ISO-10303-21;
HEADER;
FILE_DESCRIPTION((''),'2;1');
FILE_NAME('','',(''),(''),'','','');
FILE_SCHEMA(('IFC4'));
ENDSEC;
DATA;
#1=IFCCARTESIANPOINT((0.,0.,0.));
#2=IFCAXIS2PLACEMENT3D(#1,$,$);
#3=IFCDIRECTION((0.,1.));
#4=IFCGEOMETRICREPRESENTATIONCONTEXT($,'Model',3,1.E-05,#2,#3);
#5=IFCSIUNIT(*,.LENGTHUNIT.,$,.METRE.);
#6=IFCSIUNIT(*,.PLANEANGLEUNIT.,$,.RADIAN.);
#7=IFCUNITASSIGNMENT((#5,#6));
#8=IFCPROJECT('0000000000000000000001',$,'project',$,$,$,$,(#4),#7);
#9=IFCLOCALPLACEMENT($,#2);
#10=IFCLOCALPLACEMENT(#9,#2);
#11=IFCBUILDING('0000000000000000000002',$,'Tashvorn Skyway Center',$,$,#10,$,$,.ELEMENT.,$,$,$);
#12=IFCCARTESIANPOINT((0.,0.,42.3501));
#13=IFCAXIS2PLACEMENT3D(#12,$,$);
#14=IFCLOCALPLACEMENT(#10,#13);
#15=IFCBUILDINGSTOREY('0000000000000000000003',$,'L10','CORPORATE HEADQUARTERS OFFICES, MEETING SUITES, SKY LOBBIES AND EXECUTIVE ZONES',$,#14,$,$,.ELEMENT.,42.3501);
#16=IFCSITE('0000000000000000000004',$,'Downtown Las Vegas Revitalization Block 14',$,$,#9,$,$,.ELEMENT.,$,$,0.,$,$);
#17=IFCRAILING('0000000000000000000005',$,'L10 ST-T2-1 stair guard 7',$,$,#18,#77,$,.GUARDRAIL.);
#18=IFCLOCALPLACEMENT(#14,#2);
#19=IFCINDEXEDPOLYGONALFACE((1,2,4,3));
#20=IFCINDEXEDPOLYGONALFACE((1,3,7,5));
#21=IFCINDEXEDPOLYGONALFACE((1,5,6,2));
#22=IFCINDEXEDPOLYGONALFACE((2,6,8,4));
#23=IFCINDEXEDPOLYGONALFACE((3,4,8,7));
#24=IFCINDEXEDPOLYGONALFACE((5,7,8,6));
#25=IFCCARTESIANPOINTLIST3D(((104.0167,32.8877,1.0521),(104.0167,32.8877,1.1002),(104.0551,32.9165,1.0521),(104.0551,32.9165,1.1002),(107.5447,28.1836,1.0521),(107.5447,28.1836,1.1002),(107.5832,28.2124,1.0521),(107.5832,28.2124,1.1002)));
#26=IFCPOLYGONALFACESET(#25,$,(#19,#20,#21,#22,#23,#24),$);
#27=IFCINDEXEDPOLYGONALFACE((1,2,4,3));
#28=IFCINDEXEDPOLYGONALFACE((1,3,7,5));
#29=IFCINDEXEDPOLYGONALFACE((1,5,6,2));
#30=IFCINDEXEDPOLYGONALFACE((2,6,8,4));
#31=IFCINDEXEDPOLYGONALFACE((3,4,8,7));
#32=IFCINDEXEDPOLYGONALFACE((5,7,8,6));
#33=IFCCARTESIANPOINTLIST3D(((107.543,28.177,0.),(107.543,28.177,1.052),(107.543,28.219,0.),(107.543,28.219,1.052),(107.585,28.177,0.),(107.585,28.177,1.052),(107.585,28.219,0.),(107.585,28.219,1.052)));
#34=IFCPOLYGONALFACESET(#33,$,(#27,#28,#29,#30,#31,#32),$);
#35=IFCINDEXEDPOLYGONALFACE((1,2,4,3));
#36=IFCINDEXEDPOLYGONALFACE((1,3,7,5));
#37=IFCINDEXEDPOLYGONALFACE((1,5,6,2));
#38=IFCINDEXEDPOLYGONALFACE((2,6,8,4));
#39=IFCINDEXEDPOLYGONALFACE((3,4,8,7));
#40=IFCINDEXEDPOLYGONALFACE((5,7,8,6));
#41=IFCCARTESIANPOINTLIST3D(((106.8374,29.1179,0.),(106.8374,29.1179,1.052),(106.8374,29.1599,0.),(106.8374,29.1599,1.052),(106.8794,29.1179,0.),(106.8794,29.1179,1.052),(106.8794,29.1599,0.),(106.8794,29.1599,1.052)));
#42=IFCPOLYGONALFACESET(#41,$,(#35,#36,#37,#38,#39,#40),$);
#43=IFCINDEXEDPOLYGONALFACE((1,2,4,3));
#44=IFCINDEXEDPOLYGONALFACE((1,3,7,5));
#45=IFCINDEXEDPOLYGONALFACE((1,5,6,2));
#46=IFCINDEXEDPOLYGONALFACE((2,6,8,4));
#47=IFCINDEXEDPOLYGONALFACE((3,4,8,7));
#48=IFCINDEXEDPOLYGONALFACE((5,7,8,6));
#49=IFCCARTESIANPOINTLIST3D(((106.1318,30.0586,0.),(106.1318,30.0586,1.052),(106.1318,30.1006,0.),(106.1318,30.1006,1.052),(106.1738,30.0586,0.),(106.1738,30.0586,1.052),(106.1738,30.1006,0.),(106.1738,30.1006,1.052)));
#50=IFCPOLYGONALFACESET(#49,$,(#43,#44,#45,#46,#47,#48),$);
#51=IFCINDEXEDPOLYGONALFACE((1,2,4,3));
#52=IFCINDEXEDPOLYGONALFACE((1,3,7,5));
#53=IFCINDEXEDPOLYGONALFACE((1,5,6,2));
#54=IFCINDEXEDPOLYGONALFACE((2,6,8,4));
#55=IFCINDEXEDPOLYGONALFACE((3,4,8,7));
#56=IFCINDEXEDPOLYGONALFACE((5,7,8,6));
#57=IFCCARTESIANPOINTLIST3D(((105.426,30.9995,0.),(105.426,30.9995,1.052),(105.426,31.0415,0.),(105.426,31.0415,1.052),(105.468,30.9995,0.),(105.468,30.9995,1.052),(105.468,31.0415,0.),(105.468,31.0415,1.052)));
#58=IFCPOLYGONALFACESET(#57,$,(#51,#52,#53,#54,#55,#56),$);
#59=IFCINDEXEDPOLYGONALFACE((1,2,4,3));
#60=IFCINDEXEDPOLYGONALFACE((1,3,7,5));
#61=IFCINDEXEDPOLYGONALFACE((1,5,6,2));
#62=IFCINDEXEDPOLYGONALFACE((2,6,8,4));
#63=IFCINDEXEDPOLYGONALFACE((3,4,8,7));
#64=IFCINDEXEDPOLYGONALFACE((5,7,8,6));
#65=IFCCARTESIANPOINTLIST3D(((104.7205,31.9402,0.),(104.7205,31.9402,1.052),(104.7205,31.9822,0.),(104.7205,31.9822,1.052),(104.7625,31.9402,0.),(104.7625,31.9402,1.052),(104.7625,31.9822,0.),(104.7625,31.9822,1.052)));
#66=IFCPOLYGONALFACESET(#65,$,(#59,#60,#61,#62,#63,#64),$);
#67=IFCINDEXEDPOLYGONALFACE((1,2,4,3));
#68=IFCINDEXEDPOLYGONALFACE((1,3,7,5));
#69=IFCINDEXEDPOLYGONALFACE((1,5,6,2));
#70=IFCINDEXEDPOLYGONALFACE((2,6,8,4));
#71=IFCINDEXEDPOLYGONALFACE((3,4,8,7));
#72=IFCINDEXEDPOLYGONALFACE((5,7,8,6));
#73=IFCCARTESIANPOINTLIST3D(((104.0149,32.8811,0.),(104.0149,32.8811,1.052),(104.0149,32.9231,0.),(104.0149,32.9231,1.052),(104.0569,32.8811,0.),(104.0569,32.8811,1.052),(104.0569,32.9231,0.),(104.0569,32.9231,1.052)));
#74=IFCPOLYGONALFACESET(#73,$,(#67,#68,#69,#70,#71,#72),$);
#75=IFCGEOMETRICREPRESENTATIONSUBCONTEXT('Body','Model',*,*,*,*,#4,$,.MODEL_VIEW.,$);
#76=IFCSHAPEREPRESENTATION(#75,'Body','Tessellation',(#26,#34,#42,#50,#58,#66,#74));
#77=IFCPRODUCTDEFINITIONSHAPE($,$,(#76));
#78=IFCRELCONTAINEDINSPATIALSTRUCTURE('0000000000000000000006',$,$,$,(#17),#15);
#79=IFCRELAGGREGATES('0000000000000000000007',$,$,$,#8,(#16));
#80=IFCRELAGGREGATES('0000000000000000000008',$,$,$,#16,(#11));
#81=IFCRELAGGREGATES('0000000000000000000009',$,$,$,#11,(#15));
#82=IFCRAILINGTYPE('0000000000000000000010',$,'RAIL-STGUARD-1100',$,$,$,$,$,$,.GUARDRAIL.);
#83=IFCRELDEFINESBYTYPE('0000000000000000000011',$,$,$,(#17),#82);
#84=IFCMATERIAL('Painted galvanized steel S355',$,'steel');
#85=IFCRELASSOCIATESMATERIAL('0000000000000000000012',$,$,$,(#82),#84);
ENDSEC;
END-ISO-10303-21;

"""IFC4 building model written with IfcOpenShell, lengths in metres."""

from ifc_helpers import new_model, si_unit, direction, frame, origin, origin_2d, place, context, subcontext, project, spatial, rectangle, extrude, material, type_object, element, save


model = new_model("IFC4")

# Units and contexts
model_context = context("Model", 3, precision=1e-05, world=origin(), true_north=direction((0.0, 1.0)))
body_context = subcontext(model_context, "Body", "Model", "MODEL_VIEW")
ifc_project = project(units=[si_unit("LENGTHUNIT", "METRE"), si_unit("PLANEANGLEUNIT", "RADIAN")], contexts=[model_context])

# Site, building, storey
site_placement = place(None, origin())
site = spatial("IfcSite", under=ifc_project, at=site_placement, Name="Downtown Las Vegas Revitalization Block 14", CompositionType="ELEMENT", RefElevation=0.0)
building_placement = place(site_placement, origin())
building = spatial("IfcBuilding", under=site, at=building_placement, Name="Tashvorn Skyway Center", CompositionType="ELEMENT")
storey_placement = place(building_placement, frame((0.0, 0.0, 42.3501)))
storey = spatial("IfcBuildingStorey", under=building, at=storey_placement, Name="L10", Description="CORPORATE HEADQUARTERS OFFICES, MEETING SUITES, SKY LOBBIES AND EXECUTIVE ZONES", CompositionType="ELEMENT", Elevation=42.3501)

# Railing
ifc_material_1 = material(Name="Painted galvanized steel S355", Category="steel")
railing_type = type_object("IfcRailingType", Name="RAIL-STGUARD-1100", PredefinedType="GUARDRAIL", material=ifc_material_1)
railing_1_placement = place(storey_placement, frame((107.564, 28.198, 0.0)))
element("IfcRailing", 1, at=railing_1_placement, inside=storey, type_object=railing_type, Name="L10 ST-T2-1 stair guard 7", PredefinedType="GUARDRAIL", context=body_context, shape_type="SweptSolid", body=[
    extrude(rectangle(XDim=0.0481, YDim=0.0481, at=origin_2d()), frame((0.0, 0.0, 1.0762), z_axis=(-0.6, 0.8, 0.0), x_axis=(-0.8, -0.6, 0.0)), (0.0, 0.0, 1.0), 5.8801),
    extrude(rectangle(XDim=0.042, YDim=0.042, at=origin_2d()), origin(), (0.0, 0.0, 1.0), 1.052),
    extrude(rectangle(XDim=0.042, YDim=0.042, at=origin_2d()), frame((-0.7056, 0.9409, 0.0)), (0.0, 0.0, 1.0), 1.052),
    extrude(rectangle(XDim=0.042, YDim=0.042, at=origin_2d()), frame((-1.4111, 1.8816, 0.0)), (0.0, 0.0, 1.0), 1.052),
    extrude(rectangle(XDim=0.042, YDim=0.042, at=origin_2d()), frame((-2.1169, 2.8225, 0.0)), (0.0, 0.0, 1.0), 1.052),
    extrude(rectangle(XDim=0.042, YDim=0.042, at=origin_2d()), frame((-2.8225, 3.7632, 0.0)), (0.0, 0.0, 1.0), 1.052),
    extrude(rectangle(XDim=0.042, YDim=0.042, at=origin_2d()), frame((-3.5281, 4.7041, 0.0)), (0.0, 0.0, 1.0), 1.052),
])

save(model, "model.ifc")
